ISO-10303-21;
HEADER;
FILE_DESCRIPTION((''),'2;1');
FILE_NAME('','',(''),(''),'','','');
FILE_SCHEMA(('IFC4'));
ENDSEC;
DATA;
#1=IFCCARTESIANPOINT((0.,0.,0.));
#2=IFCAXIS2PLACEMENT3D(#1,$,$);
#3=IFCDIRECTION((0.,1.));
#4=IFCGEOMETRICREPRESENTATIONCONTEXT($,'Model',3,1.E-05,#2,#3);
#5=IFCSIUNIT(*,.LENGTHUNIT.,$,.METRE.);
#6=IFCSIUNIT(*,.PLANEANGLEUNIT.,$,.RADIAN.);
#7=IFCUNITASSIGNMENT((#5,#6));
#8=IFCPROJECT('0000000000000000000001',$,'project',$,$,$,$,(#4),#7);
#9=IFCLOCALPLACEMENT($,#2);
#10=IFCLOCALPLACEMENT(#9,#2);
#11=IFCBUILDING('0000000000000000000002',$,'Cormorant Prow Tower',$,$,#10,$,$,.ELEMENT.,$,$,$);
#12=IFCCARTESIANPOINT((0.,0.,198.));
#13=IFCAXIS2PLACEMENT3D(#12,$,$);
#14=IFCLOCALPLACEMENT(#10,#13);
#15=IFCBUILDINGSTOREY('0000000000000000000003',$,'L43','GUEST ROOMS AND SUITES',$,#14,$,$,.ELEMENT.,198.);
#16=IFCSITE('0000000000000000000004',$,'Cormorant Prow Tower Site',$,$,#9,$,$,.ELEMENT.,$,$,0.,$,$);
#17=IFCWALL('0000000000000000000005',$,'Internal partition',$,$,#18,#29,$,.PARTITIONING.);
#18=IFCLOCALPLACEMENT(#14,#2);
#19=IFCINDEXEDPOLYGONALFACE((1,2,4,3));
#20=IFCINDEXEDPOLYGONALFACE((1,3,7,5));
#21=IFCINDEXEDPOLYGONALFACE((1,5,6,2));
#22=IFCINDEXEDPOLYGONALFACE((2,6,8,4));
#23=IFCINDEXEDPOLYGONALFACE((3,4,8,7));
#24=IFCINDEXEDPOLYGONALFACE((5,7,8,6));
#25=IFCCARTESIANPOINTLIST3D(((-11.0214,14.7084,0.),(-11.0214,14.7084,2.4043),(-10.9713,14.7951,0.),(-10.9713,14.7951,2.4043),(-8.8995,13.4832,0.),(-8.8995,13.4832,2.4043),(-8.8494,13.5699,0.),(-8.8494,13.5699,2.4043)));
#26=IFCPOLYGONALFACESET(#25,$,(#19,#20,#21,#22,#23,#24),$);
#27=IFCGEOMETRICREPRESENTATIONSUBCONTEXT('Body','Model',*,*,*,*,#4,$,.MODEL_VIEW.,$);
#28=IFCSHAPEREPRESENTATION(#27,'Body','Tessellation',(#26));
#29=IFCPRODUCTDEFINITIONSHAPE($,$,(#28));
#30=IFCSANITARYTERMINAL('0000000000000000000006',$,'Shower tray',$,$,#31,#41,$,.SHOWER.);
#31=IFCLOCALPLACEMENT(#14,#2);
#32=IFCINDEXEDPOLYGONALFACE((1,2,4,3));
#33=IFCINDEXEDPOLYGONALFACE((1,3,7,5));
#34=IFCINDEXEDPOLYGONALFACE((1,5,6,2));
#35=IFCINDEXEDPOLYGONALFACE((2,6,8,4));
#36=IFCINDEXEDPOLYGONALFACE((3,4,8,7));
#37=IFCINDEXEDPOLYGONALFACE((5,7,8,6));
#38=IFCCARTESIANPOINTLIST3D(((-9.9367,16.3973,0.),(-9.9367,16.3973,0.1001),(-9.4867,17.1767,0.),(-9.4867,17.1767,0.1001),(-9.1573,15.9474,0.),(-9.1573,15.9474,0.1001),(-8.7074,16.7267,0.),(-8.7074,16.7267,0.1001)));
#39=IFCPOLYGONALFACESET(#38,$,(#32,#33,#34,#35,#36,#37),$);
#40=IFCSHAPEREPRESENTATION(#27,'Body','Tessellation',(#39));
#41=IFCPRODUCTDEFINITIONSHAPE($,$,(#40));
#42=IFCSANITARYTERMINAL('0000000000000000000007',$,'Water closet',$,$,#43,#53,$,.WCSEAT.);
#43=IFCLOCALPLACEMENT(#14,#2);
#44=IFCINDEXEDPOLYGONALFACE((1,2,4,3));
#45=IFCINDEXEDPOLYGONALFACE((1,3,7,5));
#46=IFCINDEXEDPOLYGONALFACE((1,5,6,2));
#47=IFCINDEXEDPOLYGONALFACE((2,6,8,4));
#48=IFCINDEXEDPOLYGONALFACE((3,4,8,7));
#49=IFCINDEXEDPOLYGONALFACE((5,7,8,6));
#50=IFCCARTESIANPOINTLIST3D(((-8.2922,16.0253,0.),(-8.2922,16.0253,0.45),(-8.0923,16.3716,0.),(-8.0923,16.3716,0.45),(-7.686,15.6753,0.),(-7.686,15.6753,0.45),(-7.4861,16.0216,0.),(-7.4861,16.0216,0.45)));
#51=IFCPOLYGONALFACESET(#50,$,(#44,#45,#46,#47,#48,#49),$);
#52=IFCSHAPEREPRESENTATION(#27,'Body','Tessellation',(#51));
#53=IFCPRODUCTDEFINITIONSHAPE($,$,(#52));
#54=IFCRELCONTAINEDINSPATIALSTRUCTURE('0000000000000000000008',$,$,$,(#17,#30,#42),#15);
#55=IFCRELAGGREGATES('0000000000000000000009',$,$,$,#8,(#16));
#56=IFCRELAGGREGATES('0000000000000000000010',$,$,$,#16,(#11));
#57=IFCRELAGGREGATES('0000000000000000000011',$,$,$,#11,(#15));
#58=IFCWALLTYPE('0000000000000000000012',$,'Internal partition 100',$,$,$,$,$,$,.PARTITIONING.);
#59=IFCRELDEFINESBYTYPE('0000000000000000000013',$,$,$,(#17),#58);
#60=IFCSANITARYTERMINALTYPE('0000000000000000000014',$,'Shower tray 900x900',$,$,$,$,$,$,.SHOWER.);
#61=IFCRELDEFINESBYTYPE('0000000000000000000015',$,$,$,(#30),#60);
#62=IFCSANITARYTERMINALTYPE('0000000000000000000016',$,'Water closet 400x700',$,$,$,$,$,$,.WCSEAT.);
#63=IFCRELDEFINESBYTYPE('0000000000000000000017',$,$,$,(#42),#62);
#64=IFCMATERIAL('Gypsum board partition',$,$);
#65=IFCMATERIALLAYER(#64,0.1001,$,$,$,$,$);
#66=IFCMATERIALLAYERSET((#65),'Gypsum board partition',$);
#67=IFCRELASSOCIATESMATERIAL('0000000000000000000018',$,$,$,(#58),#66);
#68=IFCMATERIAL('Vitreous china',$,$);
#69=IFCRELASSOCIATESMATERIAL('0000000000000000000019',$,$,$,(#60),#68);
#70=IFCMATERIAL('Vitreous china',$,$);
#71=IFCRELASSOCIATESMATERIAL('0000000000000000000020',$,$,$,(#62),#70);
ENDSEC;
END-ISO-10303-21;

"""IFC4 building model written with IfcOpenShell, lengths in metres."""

from ifc_helpers import new_model, si_unit, direction, frame, frame_2d, origin, origin_2d, place, context, subcontext, project, spatial, rectangle, extrude, material, layer, layer_set, type_object, element, save


model = new_model("IFC4")

# Units and contexts
model_context = context("Model", 3, precision=1e-05, world=origin(), true_north=direction((0.0, 1.0)))
body_context = subcontext(model_context, "Body", "Model", "MODEL_VIEW")
ifc_project = project(units=[si_unit("LENGTHUNIT", "METRE"), si_unit("PLANEANGLEUNIT", "RADIAN")], contexts=[model_context])

# Site, building, storey
site_placement = place(None, origin())
site = spatial("IfcSite", under=ifc_project, at=site_placement, Name="Cormorant Prow Tower Site", CompositionType="ELEMENT", RefElevation=0.0)
building_placement = place(site_placement, origin())
building = spatial("IfcBuilding", under=site, at=building_placement, Name="Cormorant Prow Tower", CompositionType="ELEMENT")
storey_placement = place(building_placement, frame((0.0, 0.0, 198.0)))
storey = spatial("IfcBuildingStorey", under=building, at=storey_placement, Name="L43", Description="GUEST ROOMS AND SUITES", CompositionType="ELEMENT", Elevation=198.0)

# Shared definitions
ifc_material_1 = material(Name="Gypsum board partition")
ifc_layer_1 = layer(ifc_material_1, 0.1001)
ifc_layer_set_1 = layer_set([ifc_layer_1], Name="Gypsum board partition")
wall_type_1 = type_object("IfcWallType", Name="Internal partition 100", PredefinedType="PARTITIONING", material=ifc_layer_set_1)

# Wall
wall_1_placement = place(storey_placement, frame((-10.9963, 14.7517, 0.0), z_axis=(0.0, 0.0, 1.0), x_axis=(0.866015, -0.500019, 0.0)))
element("IfcWall", 1, at=wall_1_placement, inside=storey, type_object=wall_type_1, Name="Internal partition", PredefinedType="PARTITIONING", context=body_context, shape_type="SweptSolid", body=[
    extrude(rectangle(XDim=2.4502, YDim=0.1001, at=frame_2d((1.2251, 0.0))), origin(), (0.0, 0.0, 1.0), 2.4043),
])

# Sanitary terminals
ifc_material_2 = material(Name="Vitreous china")
sanitary_terminal_type_1 = type_object("IfcSanitaryTerminalType", Name="Shower tray 900x900", PredefinedType="SHOWER", material=ifc_material_2)
sanitary_terminal_1_placement = place(storey_placement, frame((-9.322, 16.562, 0.0), z_axis=(0.0, 0.0, 1.0), x_axis=(0.866025, -0.5, 0.0)))
element("IfcSanitaryTerminal", 2, at=sanitary_terminal_1_placement, inside=storey, type_object=sanitary_terminal_type_1, Name="Shower tray", PredefinedType="SHOWER", context=body_context, shape_type="SweptSolid", body=[
    extrude(rectangle(XDim=0.8999, YDim=0.8999, at=origin_2d()), origin(), (0.0, 0.0, 1.0), 0.1001),
])
ifc_material_3 = material(Name="Vitreous china")
sanitary_terminal_type_2 = type_object("IfcSanitaryTerminalType", Name="Water closet 400x700", PredefinedType="WCSEAT", material=ifc_material_3)
sanitary_terminal_2_placement = place(storey_placement, frame((-7.8892, 16.0234, 0.0), z_axis=(0.0, 0.0, 1.0), x_axis=(-0.5, -0.866025, 0.0)))
element("IfcSanitaryTerminal", 3, at=sanitary_terminal_2_placement, inside=storey, type_object=sanitary_terminal_type_2, Name="Water closet", PredefinedType="WCSEAT", context=body_context, shape_type="SweptSolid", body=[
    extrude(rectangle(XDim=0.3999, YDim=0.7, at=origin_2d()), origin(), (0.0, 0.0, 1.0), 0.45),
])

save(model, "model.ifc")
